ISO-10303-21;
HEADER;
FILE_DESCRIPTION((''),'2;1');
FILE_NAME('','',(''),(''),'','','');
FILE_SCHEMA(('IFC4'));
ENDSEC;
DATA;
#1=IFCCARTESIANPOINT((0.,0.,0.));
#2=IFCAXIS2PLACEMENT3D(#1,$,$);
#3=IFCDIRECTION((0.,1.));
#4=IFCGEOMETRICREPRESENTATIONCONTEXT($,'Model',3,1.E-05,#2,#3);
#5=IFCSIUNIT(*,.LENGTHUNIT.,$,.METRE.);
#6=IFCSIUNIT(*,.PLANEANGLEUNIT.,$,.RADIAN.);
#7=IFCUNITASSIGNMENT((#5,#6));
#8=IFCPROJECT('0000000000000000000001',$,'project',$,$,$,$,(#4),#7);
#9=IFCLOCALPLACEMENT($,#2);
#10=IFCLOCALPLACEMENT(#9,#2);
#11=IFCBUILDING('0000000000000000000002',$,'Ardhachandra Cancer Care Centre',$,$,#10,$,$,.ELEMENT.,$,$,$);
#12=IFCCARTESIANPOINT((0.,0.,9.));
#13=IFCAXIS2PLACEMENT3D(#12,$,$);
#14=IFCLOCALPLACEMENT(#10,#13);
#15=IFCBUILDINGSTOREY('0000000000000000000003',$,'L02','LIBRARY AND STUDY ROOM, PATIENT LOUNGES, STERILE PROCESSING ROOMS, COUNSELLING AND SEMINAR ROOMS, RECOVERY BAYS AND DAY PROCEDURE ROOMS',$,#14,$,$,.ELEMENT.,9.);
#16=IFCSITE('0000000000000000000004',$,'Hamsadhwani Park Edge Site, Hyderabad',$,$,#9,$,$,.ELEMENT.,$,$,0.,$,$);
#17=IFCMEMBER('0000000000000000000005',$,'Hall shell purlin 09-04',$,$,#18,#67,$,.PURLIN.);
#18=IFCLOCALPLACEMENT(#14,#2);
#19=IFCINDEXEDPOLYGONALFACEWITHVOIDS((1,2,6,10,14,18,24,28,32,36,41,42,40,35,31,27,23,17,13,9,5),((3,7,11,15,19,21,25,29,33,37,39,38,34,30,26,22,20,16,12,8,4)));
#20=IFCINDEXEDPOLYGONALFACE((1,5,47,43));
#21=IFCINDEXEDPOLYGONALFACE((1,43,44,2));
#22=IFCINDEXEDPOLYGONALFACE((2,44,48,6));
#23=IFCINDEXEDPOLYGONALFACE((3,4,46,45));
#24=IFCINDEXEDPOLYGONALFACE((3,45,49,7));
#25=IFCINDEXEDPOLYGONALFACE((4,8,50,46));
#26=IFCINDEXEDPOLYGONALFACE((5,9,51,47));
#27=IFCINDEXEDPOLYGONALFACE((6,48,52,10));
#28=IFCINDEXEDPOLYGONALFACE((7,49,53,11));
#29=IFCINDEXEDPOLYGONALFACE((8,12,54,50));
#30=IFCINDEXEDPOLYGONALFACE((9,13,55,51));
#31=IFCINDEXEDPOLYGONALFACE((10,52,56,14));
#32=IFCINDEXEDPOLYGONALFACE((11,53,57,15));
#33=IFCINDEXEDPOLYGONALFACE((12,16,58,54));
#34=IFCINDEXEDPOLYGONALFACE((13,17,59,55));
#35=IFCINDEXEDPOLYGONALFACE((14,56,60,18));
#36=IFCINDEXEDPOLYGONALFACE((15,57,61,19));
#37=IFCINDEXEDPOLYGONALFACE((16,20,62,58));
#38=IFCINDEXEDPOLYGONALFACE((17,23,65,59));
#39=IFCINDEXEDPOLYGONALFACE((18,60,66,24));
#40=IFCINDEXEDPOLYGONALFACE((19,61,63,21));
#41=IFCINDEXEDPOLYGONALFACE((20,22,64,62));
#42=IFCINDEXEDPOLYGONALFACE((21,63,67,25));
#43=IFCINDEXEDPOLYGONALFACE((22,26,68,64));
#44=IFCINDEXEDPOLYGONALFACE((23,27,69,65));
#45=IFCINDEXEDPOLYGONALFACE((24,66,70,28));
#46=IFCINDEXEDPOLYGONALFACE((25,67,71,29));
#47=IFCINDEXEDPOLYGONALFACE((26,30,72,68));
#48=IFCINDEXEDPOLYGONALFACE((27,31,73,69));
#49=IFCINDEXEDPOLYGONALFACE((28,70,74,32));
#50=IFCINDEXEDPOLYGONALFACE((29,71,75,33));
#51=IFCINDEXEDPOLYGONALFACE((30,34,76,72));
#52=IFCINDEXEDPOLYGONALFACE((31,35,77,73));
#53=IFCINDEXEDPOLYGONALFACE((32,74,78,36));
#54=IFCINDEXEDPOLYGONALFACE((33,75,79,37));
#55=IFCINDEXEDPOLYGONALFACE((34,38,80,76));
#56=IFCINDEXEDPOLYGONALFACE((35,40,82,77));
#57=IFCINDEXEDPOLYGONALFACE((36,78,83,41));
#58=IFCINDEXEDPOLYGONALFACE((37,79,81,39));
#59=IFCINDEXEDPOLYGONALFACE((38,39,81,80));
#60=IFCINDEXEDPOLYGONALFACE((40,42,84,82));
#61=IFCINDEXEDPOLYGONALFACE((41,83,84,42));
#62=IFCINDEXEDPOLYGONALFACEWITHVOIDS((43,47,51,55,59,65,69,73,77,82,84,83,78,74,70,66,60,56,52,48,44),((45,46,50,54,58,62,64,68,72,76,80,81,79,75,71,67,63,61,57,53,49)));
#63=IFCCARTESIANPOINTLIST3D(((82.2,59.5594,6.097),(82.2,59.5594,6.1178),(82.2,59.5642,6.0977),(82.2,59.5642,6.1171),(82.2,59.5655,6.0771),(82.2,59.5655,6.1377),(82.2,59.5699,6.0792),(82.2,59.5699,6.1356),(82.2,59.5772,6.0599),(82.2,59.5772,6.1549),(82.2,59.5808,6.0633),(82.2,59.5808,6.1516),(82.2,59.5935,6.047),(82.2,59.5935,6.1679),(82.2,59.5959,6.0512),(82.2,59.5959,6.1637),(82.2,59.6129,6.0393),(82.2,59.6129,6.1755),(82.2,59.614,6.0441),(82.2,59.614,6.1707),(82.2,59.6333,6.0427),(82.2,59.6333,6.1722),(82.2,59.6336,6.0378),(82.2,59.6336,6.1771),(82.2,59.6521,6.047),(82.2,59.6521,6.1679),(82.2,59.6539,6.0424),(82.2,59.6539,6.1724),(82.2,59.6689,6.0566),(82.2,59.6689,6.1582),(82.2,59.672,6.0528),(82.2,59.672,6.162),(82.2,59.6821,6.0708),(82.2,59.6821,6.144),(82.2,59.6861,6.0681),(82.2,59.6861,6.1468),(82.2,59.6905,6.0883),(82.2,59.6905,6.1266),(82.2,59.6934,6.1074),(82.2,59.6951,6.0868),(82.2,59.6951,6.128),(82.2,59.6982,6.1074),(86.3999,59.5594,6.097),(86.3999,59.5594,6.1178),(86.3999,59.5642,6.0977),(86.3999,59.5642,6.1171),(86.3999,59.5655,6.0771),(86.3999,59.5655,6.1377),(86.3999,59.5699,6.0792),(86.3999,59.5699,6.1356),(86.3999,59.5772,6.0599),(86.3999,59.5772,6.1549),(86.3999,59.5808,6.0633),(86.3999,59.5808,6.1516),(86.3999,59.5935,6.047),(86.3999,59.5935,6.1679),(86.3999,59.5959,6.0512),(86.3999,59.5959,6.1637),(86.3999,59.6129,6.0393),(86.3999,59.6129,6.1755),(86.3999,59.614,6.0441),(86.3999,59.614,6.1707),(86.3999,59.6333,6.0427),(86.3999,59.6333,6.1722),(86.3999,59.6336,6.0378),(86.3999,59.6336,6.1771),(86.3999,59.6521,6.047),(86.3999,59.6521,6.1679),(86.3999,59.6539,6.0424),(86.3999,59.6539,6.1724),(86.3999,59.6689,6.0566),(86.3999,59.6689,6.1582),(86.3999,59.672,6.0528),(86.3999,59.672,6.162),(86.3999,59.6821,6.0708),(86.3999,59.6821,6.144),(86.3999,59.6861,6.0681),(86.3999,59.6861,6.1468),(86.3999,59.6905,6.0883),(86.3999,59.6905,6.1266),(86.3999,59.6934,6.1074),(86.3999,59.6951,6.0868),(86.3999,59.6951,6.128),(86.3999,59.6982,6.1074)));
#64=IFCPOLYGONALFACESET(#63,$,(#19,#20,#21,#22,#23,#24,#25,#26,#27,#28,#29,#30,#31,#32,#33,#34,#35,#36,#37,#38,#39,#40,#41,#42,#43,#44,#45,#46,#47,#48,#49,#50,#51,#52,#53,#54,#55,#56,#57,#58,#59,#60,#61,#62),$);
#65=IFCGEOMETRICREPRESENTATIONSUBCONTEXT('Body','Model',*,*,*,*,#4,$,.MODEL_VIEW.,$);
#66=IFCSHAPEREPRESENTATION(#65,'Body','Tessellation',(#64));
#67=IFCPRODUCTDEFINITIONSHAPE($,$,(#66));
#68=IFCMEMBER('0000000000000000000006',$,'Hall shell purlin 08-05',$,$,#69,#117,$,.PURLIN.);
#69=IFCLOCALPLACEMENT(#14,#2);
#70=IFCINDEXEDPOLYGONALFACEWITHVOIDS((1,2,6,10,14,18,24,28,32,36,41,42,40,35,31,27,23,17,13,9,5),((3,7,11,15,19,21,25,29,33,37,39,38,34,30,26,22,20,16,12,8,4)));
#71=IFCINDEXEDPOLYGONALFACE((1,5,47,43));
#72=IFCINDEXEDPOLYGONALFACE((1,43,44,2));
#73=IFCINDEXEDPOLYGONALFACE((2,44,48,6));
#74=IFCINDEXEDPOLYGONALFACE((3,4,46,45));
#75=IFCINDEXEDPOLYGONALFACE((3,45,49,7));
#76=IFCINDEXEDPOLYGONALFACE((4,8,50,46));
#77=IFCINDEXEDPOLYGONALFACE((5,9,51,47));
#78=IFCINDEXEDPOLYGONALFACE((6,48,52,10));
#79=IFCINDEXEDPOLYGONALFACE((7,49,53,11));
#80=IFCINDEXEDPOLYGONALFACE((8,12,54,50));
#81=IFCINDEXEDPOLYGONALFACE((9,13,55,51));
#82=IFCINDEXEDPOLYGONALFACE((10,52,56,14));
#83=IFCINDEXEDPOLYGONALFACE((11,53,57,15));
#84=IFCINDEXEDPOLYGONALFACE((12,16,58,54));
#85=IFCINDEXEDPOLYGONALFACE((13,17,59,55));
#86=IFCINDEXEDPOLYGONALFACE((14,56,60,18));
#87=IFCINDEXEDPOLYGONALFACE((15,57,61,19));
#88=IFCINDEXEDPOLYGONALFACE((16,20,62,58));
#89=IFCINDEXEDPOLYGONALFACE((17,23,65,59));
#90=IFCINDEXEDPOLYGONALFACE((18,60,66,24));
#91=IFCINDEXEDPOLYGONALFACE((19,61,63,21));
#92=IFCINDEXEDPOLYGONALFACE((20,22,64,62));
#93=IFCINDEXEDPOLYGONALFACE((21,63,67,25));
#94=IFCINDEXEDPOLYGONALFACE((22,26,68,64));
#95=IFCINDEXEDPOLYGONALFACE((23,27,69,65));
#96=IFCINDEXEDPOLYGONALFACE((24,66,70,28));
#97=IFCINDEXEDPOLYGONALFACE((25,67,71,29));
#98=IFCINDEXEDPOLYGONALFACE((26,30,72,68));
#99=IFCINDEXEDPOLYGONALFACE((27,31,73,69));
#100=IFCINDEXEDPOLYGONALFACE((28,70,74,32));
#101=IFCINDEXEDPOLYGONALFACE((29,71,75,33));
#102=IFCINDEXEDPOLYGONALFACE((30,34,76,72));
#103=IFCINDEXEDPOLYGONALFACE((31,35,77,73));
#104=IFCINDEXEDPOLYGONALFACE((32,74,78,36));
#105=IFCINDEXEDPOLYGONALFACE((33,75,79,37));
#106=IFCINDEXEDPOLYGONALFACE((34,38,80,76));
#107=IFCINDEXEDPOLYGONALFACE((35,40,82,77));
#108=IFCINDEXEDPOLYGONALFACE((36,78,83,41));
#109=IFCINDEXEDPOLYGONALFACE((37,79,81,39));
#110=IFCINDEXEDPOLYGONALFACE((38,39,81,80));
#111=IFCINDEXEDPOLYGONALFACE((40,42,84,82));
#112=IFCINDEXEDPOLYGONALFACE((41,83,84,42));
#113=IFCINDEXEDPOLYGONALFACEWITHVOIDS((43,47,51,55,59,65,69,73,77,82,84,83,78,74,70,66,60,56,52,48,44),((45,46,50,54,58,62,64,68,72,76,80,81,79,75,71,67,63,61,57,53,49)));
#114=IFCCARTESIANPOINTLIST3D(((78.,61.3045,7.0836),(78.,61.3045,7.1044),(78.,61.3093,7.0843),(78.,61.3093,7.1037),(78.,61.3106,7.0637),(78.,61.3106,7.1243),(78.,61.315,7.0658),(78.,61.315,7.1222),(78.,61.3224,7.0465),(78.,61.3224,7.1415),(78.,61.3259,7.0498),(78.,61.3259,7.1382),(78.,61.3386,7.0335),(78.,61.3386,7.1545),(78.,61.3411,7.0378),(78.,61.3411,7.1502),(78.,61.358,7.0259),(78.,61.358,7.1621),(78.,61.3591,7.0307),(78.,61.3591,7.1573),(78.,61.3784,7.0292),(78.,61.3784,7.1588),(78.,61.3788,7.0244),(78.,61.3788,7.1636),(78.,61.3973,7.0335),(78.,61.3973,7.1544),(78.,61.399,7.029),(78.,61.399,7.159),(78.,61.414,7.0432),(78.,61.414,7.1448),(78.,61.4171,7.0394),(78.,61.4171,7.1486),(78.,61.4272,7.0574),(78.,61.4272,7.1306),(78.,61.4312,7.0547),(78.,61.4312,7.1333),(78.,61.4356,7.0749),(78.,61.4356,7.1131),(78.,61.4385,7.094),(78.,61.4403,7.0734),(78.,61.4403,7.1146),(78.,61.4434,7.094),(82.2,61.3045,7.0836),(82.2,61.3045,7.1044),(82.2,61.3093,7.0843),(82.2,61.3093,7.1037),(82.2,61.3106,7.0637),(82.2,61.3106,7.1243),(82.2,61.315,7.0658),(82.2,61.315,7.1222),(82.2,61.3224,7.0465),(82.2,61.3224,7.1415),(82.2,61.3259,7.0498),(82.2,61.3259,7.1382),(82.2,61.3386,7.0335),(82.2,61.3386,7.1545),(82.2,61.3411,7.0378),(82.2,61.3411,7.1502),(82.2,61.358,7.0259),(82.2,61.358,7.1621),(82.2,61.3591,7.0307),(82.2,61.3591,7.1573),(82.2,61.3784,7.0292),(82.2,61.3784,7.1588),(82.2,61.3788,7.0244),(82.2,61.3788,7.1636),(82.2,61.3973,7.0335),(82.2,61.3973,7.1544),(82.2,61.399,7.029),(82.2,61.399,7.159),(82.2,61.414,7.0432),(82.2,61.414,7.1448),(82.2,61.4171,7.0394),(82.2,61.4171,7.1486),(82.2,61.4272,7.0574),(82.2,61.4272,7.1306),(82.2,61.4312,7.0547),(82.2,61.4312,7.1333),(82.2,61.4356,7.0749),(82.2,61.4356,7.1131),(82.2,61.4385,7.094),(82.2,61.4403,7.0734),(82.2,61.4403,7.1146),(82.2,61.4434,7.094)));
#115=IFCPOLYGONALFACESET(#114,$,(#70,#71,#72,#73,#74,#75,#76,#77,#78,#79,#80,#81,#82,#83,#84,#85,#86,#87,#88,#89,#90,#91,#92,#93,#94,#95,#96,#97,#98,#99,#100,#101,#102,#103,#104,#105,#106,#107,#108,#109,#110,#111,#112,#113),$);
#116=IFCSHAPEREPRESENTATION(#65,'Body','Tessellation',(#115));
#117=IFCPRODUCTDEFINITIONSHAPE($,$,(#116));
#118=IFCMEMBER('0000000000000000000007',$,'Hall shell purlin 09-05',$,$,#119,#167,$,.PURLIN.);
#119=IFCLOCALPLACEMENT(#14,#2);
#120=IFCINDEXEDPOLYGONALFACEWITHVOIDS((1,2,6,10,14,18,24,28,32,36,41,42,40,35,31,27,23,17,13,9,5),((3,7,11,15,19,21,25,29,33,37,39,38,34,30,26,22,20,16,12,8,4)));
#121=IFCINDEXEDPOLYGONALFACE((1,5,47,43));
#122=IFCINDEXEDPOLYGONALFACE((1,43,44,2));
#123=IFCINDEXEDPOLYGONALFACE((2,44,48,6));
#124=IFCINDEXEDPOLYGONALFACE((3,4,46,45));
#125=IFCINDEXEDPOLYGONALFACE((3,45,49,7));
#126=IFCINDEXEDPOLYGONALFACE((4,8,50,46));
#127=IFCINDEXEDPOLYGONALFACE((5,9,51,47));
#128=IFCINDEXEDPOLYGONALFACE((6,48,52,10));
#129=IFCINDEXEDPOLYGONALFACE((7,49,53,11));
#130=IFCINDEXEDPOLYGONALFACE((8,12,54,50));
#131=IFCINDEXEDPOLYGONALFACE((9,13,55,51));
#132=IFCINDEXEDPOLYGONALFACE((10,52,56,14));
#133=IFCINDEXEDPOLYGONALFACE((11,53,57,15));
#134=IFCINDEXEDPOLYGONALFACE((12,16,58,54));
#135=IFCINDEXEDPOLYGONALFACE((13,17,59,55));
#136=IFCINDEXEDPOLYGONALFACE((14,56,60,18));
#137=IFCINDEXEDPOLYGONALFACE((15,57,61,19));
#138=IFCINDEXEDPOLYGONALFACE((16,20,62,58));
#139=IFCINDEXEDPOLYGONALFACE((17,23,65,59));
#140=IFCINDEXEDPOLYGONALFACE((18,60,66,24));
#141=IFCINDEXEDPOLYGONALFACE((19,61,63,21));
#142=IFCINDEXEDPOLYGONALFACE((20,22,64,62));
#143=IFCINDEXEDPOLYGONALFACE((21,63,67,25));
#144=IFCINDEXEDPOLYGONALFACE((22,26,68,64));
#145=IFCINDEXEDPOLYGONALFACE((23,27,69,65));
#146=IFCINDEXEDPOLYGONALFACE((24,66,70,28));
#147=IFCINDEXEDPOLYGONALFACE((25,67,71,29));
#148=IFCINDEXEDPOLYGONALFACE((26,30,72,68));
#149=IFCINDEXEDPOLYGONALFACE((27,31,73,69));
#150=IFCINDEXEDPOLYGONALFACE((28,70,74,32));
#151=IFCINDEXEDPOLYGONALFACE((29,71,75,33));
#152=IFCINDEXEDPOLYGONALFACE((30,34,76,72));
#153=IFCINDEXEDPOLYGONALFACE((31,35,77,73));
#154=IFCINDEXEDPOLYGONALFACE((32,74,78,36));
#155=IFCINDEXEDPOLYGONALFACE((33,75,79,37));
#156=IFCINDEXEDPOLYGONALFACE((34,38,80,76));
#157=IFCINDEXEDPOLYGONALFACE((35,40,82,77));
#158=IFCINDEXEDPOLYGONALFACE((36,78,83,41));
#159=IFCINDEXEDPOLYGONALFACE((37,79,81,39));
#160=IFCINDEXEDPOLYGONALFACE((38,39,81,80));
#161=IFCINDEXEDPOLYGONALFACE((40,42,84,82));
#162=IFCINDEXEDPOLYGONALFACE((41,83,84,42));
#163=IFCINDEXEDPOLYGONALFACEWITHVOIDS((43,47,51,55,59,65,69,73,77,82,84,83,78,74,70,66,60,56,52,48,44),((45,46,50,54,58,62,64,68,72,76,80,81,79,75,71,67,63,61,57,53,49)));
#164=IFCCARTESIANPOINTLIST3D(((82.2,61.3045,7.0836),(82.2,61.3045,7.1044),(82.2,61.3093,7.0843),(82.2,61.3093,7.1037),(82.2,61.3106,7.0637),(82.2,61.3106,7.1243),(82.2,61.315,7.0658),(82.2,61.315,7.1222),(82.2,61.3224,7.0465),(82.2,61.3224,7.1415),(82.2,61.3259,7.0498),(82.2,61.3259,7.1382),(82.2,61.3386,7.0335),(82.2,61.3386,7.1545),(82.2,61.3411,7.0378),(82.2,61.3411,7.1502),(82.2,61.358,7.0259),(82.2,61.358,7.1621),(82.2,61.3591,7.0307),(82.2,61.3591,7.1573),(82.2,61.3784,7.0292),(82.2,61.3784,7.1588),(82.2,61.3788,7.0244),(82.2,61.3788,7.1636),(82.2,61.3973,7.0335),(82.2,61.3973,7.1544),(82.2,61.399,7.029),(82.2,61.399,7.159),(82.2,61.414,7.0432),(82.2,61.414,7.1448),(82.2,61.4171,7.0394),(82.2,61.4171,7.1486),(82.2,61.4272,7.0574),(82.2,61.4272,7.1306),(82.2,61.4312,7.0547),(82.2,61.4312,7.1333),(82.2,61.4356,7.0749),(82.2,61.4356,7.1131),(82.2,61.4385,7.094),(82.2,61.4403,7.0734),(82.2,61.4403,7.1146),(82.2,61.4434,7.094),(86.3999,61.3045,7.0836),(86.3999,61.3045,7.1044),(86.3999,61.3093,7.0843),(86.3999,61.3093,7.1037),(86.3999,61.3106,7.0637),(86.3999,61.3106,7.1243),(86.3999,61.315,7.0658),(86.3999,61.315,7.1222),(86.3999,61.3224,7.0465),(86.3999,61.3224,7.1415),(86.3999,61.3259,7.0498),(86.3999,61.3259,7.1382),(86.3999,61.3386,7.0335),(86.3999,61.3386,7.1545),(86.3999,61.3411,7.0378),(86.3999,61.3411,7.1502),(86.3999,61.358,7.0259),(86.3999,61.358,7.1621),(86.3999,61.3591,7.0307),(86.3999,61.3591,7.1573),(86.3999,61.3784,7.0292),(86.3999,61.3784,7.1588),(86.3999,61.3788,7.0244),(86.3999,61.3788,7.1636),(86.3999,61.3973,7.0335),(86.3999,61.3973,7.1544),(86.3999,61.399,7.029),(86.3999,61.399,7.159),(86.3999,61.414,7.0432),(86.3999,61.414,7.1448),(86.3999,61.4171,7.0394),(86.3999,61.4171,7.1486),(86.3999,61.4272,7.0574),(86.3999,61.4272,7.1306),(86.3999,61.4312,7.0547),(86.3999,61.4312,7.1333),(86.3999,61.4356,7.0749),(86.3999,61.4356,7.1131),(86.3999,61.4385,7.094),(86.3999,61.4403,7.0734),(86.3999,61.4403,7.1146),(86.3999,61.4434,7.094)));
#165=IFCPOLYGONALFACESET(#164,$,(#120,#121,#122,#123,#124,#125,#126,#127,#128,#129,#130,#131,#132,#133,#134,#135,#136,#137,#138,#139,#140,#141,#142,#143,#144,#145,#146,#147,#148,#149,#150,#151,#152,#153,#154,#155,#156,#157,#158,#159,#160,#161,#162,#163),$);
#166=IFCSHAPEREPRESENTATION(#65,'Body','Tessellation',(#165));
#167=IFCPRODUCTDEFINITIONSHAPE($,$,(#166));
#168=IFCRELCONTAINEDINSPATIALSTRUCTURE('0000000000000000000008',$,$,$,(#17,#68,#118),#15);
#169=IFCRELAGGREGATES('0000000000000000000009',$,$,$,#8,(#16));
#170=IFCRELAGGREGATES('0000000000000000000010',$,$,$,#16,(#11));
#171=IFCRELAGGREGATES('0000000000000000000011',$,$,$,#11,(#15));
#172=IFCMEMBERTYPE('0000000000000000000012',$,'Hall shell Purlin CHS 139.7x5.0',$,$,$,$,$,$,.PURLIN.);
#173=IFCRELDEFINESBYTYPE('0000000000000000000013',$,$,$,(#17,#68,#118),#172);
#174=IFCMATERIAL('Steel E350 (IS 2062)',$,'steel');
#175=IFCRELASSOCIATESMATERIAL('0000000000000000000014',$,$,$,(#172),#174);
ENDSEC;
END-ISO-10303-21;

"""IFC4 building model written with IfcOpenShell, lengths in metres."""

from ifc_helpers import new_model, si_unit, direction, frame, origin, origin_2d, place, context, subcontext, project, spatial, hollow_circle, extrude, material, material_profile, profile_set, type_object, element, save


model = new_model("IFC4")

# Units and contexts
model_context = context("Model", 3, precision=1e-05, world=origin(), true_north=direction((0.0, 1.0)))
body_context = subcontext(model_context, "Body", "Model", "MODEL_VIEW")
ifc_project = project(units=[si_unit("LENGTHUNIT", "METRE"), si_unit("PLANEANGLEUNIT", "RADIAN")], contexts=[model_context])

# Site, building, storey
site_placement = place(None, origin())
site = spatial("IfcSite", under=ifc_project, at=site_placement, Name="Hamsadhwani Park Edge Site, Hyderabad", CompositionType="ELEMENT", RefElevation=0.0)
building_placement = place(site_placement, origin())
building = spatial("IfcBuilding", under=site, at=building_placement, Name="Ardhachandra Cancer Care Centre", CompositionType="ELEMENT")
storey_placement = place(building_placement, frame((0.0, 0.0, 9.0)))
storey = spatial("IfcBuildingStorey", under=building, at=storey_placement, Name="L02", Description="LIBRARY AND STUDY ROOM, PATIENT LOUNGES, STERILE PROCESSING ROOMS, COUNSELLING AND SEMINAR ROOMS, RECOVERY BAYS AND DAY PROCEDURE ROOMS", CompositionType="ELEMENT", Elevation=9.0)

# Members
ifc_material_1 = material(Name="Steel E350 (IS 2062)", Category="steel")
ifc_material_profile_1 = material_profile(ifc_material_1, hollow_circle(Radius=0.0698, WallThickness=0.0049, at=origin_2d()), Name="CHS 139.7x5.0")
ifc_profile_set_1 = profile_set([ifc_material_profile_1], Name="Steel E350 (IS 2062)")
member_type_1 = type_object("IfcMemberType", Name="Hall shell Purlin CHS 139.7x5.0", PredefinedType="PURLIN", material=ifc_profile_set_1)
for number, where, z_axis, x_axis, name in (
    (1, (82.2, 59.6284, 6.1074), (1.0, 0.0, 0.0), (0.0, 1.0, 0.0), "Hall shell purlin 09-04"),
    (2, (78.0, 61.3735, 7.094), (1.0, 0.0, 0.0), (0.0, 1.0, 0.0), "Hall shell purlin 08-05"),
    (3, (82.2, 61.3735, 7.094), (1.0, 0.0, 0.0), (0.0, 1.0, 0.0), "Hall shell purlin 09-05"),
):
    element("IfcMember", number, at=place(storey_placement, frame(where, z_axis=z_axis, x_axis=x_axis)), inside=storey, type_object=member_type_1, Name=name, PredefinedType="PURLIN", context=body_context, shape_type="SweptSolid", body=[
        extrude(hollow_circle(Radius=0.0698, WallThickness=0.0049, at=origin_2d()), origin(), (0.0, 0.0, 1.0), 4.2),
    ])

save(model, "model.ifc")
